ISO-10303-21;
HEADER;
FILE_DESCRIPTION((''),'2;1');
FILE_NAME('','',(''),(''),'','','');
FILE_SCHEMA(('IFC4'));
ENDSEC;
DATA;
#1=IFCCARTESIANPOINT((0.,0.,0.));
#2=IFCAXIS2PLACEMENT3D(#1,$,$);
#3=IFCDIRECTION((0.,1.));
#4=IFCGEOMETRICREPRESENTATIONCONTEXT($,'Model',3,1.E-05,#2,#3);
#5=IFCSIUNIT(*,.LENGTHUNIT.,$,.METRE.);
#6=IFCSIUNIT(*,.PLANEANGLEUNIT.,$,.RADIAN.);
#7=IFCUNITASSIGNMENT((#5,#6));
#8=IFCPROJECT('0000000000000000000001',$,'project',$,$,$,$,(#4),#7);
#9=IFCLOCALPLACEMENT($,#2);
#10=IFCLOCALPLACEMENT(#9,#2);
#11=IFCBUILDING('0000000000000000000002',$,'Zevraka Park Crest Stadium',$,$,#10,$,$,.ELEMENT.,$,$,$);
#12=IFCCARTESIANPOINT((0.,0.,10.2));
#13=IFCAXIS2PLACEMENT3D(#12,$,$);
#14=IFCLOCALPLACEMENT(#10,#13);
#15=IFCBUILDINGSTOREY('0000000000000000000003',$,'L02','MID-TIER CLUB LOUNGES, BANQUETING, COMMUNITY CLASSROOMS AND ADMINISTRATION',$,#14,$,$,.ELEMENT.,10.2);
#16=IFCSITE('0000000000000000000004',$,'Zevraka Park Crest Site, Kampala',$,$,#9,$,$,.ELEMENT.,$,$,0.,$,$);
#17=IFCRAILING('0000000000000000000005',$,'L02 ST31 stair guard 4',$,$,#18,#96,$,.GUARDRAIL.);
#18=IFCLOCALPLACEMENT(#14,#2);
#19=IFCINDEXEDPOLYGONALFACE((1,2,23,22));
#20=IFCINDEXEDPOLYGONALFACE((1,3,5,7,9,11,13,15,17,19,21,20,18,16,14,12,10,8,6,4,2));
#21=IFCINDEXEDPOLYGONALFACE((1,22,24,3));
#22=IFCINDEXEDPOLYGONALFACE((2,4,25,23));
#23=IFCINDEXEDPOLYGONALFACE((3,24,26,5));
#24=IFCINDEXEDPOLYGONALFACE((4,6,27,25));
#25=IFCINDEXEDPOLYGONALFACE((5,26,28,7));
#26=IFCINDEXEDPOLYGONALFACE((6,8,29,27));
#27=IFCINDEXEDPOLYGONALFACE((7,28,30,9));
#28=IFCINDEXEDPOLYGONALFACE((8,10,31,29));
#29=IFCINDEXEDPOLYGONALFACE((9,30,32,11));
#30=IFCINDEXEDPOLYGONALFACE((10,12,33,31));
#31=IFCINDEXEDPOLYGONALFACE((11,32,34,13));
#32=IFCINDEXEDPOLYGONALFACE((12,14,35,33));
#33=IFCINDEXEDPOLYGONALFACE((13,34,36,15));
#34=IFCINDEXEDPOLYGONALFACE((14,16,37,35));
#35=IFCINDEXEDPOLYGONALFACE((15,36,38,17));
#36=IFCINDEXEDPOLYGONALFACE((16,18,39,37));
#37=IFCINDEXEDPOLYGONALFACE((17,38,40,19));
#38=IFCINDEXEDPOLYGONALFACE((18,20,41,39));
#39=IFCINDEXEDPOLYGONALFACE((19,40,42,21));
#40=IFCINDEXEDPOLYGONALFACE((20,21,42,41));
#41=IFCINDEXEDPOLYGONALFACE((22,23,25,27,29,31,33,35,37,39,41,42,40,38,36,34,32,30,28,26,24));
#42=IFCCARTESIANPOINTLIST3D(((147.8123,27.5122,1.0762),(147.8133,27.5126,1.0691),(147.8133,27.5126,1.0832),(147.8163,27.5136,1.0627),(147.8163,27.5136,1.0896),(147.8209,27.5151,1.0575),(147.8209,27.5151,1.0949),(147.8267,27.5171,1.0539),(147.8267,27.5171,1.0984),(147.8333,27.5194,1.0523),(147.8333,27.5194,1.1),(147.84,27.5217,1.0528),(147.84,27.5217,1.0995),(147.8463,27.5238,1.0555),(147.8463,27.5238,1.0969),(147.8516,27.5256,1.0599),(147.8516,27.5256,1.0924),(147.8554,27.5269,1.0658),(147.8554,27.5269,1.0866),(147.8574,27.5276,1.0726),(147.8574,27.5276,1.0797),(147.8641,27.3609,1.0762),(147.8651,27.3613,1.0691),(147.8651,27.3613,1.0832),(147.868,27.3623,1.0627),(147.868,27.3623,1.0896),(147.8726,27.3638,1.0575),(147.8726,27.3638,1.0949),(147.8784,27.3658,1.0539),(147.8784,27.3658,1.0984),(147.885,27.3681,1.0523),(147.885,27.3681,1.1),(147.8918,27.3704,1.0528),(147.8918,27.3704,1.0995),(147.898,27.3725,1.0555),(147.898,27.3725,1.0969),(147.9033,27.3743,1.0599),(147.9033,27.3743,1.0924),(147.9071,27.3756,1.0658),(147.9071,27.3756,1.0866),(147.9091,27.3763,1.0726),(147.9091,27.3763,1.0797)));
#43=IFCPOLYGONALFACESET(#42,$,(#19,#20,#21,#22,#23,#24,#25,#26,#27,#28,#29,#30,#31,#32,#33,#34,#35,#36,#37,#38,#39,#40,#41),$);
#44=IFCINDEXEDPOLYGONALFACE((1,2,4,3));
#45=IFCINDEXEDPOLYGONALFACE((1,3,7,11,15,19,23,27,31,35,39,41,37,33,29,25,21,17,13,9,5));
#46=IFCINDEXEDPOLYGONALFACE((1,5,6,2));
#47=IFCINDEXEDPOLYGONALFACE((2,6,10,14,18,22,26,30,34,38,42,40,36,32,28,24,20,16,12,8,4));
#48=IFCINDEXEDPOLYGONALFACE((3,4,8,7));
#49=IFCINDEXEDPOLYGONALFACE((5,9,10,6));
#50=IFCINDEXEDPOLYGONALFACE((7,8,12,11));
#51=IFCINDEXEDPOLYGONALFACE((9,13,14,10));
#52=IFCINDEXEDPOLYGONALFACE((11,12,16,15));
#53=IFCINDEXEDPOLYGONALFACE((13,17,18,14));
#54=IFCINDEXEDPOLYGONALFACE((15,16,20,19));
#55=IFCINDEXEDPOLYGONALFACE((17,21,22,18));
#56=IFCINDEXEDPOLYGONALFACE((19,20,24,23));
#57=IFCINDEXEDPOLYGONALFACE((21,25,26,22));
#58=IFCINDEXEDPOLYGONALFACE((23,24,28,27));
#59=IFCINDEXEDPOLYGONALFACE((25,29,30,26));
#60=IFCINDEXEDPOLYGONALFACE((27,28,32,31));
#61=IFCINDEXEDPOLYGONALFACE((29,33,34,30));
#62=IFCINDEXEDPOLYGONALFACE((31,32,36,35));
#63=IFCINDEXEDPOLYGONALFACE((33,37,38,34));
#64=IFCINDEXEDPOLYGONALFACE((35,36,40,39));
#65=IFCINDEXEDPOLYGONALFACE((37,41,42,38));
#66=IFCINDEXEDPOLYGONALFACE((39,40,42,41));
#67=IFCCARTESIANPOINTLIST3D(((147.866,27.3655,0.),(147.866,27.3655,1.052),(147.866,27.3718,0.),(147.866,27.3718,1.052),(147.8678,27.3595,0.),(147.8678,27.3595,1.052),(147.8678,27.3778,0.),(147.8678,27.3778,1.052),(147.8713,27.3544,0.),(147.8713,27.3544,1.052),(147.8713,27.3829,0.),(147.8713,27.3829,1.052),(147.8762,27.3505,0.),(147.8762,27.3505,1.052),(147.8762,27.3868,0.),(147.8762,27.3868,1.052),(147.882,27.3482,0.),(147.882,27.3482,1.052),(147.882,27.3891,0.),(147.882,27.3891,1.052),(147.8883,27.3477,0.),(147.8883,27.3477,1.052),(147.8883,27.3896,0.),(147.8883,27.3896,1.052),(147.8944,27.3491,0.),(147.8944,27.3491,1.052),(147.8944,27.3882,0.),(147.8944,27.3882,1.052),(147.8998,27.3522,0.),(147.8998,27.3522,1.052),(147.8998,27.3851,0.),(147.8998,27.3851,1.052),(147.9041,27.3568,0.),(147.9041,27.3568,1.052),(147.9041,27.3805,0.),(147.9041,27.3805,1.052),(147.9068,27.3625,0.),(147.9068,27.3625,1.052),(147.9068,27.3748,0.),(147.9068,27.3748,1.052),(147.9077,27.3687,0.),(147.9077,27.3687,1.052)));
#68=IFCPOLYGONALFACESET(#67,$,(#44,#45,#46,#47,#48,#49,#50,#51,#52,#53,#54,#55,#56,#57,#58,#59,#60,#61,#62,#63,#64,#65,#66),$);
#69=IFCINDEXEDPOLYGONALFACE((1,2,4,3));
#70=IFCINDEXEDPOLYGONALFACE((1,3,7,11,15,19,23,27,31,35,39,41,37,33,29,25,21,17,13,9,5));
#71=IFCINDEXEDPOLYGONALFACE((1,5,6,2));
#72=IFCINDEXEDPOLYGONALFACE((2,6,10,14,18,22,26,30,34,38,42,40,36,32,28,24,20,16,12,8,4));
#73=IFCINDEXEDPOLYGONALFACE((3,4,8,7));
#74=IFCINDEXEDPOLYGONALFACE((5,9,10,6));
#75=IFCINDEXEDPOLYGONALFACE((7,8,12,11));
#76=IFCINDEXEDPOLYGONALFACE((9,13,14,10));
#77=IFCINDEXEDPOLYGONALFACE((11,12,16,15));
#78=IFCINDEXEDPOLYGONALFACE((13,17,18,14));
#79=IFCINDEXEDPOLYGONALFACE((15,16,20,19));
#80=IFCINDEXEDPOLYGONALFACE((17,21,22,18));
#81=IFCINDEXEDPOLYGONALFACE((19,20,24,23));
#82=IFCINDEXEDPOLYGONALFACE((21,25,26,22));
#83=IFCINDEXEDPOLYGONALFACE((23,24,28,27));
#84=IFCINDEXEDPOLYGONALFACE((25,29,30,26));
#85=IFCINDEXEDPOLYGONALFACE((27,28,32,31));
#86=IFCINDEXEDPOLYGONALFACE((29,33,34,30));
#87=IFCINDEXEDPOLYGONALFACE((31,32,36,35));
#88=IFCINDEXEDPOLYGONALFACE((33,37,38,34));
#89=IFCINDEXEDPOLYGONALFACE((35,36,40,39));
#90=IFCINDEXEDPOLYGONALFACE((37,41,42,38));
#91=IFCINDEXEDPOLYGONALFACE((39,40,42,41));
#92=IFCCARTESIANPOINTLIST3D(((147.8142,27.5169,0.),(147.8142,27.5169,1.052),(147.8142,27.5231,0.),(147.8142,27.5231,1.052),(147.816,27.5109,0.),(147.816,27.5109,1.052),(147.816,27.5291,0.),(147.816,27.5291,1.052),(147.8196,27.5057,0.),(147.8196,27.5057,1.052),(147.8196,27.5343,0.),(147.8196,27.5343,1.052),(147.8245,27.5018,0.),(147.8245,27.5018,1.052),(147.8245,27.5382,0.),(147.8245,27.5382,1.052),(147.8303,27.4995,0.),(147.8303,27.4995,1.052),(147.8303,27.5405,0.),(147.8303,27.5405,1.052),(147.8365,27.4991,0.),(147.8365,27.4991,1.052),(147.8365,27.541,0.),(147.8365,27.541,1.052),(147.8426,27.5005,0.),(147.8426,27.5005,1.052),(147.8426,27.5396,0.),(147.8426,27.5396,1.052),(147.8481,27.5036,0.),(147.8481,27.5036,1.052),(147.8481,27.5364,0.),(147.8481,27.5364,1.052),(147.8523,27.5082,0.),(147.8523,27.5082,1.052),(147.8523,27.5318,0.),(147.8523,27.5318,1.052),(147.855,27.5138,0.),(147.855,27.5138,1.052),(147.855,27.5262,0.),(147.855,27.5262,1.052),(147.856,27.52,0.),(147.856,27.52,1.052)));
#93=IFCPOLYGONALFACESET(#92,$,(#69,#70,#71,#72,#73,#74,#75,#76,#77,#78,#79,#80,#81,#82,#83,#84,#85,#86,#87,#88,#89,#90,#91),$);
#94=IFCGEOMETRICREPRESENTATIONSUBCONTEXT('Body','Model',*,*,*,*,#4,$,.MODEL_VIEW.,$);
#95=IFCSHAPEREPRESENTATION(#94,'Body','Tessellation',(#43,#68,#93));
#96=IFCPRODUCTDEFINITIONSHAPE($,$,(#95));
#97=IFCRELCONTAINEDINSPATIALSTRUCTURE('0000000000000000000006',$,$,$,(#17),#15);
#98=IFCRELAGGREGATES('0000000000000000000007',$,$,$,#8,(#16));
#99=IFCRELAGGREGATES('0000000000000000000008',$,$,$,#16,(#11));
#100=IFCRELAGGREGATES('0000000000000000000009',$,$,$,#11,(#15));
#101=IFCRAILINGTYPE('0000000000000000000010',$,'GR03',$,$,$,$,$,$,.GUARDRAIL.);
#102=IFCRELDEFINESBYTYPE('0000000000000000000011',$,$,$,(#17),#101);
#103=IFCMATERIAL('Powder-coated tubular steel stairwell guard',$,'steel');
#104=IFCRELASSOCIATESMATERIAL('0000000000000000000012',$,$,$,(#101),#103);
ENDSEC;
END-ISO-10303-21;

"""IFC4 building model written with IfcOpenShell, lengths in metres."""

from ifc_helpers import new_model, si_unit, direction, frame, origin, origin_2d, place, context, subcontext, project, spatial, circle, extrude, material, type_object, element, save


model = new_model("IFC4")

# Units and contexts
model_context = context("Model", 3, precision=1e-05, world=origin(), true_north=direction((0.0, 1.0)))
body_context = subcontext(model_context, "Body", "Model", "MODEL_VIEW")
ifc_project = project(units=[si_unit("LENGTHUNIT", "METRE"), si_unit("PLANEANGLEUNIT", "RADIAN")], contexts=[model_context])

# Site, building, storey
site_placement = place(None, origin())
site = spatial("IfcSite", under=ifc_project, at=site_placement, Name="Zevraka Park Crest Site, Kampala", CompositionType="ELEMENT", RefElevation=0.0)
building_placement = place(site_placement, origin())
building = spatial("IfcBuilding", under=site, at=building_placement, Name="Zevraka Park Crest Stadium", CompositionType="ELEMENT")
storey_placement = place(building_placement, frame((0.0, 0.0, 10.2)))
storey = spatial("IfcBuildingStorey", under=building, at=storey_placement, Name="L02", Description="MID-TIER CLUB LOUNGES, BANQUETING, COMMUNITY CLASSROOMS AND ADMINISTRATION", CompositionType="ELEMENT", Elevation=10.2)

# Railing
ifc_material_1 = material(Name="Powder-coated tubular steel stairwell guard", Category="steel")
railing_type_1 = type_object("IfcRailingType", Name="GR03", PredefinedType="GUARDRAIL", material=ifc_material_1)
railing_1_placement = place(storey_placement, frame((147.8867, 27.3687, 0.0)))
element("IfcRailing", 1, at=railing_1_placement, inside=storey, type_object=railing_type_1, Name="L02 ST31 stair guard 4", PredefinedType="GUARDRAIL", context=body_context, shape_type="SweptSolid", body=[
    extrude(circle(Radius=0.0239, at=origin_2d()), frame((0.0, 0.0, 1.0762), z_axis=(-0.323544, 0.946213, 0.0), x_axis=(-0.946213, -0.323544, 0.0)), (0.0, 0.0, 1.0), 0.1599),
    extrude(circle(Radius=0.021, at=origin_2d()), origin(), (0.0, 0.0, 1.0), 1.052),
    extrude(circle(Radius=0.021, at=origin_2d()), frame((-0.0518, 0.1514, 0.0)), (0.0, 0.0, 1.0), 1.052),
])

save(model, "model.ifc")
